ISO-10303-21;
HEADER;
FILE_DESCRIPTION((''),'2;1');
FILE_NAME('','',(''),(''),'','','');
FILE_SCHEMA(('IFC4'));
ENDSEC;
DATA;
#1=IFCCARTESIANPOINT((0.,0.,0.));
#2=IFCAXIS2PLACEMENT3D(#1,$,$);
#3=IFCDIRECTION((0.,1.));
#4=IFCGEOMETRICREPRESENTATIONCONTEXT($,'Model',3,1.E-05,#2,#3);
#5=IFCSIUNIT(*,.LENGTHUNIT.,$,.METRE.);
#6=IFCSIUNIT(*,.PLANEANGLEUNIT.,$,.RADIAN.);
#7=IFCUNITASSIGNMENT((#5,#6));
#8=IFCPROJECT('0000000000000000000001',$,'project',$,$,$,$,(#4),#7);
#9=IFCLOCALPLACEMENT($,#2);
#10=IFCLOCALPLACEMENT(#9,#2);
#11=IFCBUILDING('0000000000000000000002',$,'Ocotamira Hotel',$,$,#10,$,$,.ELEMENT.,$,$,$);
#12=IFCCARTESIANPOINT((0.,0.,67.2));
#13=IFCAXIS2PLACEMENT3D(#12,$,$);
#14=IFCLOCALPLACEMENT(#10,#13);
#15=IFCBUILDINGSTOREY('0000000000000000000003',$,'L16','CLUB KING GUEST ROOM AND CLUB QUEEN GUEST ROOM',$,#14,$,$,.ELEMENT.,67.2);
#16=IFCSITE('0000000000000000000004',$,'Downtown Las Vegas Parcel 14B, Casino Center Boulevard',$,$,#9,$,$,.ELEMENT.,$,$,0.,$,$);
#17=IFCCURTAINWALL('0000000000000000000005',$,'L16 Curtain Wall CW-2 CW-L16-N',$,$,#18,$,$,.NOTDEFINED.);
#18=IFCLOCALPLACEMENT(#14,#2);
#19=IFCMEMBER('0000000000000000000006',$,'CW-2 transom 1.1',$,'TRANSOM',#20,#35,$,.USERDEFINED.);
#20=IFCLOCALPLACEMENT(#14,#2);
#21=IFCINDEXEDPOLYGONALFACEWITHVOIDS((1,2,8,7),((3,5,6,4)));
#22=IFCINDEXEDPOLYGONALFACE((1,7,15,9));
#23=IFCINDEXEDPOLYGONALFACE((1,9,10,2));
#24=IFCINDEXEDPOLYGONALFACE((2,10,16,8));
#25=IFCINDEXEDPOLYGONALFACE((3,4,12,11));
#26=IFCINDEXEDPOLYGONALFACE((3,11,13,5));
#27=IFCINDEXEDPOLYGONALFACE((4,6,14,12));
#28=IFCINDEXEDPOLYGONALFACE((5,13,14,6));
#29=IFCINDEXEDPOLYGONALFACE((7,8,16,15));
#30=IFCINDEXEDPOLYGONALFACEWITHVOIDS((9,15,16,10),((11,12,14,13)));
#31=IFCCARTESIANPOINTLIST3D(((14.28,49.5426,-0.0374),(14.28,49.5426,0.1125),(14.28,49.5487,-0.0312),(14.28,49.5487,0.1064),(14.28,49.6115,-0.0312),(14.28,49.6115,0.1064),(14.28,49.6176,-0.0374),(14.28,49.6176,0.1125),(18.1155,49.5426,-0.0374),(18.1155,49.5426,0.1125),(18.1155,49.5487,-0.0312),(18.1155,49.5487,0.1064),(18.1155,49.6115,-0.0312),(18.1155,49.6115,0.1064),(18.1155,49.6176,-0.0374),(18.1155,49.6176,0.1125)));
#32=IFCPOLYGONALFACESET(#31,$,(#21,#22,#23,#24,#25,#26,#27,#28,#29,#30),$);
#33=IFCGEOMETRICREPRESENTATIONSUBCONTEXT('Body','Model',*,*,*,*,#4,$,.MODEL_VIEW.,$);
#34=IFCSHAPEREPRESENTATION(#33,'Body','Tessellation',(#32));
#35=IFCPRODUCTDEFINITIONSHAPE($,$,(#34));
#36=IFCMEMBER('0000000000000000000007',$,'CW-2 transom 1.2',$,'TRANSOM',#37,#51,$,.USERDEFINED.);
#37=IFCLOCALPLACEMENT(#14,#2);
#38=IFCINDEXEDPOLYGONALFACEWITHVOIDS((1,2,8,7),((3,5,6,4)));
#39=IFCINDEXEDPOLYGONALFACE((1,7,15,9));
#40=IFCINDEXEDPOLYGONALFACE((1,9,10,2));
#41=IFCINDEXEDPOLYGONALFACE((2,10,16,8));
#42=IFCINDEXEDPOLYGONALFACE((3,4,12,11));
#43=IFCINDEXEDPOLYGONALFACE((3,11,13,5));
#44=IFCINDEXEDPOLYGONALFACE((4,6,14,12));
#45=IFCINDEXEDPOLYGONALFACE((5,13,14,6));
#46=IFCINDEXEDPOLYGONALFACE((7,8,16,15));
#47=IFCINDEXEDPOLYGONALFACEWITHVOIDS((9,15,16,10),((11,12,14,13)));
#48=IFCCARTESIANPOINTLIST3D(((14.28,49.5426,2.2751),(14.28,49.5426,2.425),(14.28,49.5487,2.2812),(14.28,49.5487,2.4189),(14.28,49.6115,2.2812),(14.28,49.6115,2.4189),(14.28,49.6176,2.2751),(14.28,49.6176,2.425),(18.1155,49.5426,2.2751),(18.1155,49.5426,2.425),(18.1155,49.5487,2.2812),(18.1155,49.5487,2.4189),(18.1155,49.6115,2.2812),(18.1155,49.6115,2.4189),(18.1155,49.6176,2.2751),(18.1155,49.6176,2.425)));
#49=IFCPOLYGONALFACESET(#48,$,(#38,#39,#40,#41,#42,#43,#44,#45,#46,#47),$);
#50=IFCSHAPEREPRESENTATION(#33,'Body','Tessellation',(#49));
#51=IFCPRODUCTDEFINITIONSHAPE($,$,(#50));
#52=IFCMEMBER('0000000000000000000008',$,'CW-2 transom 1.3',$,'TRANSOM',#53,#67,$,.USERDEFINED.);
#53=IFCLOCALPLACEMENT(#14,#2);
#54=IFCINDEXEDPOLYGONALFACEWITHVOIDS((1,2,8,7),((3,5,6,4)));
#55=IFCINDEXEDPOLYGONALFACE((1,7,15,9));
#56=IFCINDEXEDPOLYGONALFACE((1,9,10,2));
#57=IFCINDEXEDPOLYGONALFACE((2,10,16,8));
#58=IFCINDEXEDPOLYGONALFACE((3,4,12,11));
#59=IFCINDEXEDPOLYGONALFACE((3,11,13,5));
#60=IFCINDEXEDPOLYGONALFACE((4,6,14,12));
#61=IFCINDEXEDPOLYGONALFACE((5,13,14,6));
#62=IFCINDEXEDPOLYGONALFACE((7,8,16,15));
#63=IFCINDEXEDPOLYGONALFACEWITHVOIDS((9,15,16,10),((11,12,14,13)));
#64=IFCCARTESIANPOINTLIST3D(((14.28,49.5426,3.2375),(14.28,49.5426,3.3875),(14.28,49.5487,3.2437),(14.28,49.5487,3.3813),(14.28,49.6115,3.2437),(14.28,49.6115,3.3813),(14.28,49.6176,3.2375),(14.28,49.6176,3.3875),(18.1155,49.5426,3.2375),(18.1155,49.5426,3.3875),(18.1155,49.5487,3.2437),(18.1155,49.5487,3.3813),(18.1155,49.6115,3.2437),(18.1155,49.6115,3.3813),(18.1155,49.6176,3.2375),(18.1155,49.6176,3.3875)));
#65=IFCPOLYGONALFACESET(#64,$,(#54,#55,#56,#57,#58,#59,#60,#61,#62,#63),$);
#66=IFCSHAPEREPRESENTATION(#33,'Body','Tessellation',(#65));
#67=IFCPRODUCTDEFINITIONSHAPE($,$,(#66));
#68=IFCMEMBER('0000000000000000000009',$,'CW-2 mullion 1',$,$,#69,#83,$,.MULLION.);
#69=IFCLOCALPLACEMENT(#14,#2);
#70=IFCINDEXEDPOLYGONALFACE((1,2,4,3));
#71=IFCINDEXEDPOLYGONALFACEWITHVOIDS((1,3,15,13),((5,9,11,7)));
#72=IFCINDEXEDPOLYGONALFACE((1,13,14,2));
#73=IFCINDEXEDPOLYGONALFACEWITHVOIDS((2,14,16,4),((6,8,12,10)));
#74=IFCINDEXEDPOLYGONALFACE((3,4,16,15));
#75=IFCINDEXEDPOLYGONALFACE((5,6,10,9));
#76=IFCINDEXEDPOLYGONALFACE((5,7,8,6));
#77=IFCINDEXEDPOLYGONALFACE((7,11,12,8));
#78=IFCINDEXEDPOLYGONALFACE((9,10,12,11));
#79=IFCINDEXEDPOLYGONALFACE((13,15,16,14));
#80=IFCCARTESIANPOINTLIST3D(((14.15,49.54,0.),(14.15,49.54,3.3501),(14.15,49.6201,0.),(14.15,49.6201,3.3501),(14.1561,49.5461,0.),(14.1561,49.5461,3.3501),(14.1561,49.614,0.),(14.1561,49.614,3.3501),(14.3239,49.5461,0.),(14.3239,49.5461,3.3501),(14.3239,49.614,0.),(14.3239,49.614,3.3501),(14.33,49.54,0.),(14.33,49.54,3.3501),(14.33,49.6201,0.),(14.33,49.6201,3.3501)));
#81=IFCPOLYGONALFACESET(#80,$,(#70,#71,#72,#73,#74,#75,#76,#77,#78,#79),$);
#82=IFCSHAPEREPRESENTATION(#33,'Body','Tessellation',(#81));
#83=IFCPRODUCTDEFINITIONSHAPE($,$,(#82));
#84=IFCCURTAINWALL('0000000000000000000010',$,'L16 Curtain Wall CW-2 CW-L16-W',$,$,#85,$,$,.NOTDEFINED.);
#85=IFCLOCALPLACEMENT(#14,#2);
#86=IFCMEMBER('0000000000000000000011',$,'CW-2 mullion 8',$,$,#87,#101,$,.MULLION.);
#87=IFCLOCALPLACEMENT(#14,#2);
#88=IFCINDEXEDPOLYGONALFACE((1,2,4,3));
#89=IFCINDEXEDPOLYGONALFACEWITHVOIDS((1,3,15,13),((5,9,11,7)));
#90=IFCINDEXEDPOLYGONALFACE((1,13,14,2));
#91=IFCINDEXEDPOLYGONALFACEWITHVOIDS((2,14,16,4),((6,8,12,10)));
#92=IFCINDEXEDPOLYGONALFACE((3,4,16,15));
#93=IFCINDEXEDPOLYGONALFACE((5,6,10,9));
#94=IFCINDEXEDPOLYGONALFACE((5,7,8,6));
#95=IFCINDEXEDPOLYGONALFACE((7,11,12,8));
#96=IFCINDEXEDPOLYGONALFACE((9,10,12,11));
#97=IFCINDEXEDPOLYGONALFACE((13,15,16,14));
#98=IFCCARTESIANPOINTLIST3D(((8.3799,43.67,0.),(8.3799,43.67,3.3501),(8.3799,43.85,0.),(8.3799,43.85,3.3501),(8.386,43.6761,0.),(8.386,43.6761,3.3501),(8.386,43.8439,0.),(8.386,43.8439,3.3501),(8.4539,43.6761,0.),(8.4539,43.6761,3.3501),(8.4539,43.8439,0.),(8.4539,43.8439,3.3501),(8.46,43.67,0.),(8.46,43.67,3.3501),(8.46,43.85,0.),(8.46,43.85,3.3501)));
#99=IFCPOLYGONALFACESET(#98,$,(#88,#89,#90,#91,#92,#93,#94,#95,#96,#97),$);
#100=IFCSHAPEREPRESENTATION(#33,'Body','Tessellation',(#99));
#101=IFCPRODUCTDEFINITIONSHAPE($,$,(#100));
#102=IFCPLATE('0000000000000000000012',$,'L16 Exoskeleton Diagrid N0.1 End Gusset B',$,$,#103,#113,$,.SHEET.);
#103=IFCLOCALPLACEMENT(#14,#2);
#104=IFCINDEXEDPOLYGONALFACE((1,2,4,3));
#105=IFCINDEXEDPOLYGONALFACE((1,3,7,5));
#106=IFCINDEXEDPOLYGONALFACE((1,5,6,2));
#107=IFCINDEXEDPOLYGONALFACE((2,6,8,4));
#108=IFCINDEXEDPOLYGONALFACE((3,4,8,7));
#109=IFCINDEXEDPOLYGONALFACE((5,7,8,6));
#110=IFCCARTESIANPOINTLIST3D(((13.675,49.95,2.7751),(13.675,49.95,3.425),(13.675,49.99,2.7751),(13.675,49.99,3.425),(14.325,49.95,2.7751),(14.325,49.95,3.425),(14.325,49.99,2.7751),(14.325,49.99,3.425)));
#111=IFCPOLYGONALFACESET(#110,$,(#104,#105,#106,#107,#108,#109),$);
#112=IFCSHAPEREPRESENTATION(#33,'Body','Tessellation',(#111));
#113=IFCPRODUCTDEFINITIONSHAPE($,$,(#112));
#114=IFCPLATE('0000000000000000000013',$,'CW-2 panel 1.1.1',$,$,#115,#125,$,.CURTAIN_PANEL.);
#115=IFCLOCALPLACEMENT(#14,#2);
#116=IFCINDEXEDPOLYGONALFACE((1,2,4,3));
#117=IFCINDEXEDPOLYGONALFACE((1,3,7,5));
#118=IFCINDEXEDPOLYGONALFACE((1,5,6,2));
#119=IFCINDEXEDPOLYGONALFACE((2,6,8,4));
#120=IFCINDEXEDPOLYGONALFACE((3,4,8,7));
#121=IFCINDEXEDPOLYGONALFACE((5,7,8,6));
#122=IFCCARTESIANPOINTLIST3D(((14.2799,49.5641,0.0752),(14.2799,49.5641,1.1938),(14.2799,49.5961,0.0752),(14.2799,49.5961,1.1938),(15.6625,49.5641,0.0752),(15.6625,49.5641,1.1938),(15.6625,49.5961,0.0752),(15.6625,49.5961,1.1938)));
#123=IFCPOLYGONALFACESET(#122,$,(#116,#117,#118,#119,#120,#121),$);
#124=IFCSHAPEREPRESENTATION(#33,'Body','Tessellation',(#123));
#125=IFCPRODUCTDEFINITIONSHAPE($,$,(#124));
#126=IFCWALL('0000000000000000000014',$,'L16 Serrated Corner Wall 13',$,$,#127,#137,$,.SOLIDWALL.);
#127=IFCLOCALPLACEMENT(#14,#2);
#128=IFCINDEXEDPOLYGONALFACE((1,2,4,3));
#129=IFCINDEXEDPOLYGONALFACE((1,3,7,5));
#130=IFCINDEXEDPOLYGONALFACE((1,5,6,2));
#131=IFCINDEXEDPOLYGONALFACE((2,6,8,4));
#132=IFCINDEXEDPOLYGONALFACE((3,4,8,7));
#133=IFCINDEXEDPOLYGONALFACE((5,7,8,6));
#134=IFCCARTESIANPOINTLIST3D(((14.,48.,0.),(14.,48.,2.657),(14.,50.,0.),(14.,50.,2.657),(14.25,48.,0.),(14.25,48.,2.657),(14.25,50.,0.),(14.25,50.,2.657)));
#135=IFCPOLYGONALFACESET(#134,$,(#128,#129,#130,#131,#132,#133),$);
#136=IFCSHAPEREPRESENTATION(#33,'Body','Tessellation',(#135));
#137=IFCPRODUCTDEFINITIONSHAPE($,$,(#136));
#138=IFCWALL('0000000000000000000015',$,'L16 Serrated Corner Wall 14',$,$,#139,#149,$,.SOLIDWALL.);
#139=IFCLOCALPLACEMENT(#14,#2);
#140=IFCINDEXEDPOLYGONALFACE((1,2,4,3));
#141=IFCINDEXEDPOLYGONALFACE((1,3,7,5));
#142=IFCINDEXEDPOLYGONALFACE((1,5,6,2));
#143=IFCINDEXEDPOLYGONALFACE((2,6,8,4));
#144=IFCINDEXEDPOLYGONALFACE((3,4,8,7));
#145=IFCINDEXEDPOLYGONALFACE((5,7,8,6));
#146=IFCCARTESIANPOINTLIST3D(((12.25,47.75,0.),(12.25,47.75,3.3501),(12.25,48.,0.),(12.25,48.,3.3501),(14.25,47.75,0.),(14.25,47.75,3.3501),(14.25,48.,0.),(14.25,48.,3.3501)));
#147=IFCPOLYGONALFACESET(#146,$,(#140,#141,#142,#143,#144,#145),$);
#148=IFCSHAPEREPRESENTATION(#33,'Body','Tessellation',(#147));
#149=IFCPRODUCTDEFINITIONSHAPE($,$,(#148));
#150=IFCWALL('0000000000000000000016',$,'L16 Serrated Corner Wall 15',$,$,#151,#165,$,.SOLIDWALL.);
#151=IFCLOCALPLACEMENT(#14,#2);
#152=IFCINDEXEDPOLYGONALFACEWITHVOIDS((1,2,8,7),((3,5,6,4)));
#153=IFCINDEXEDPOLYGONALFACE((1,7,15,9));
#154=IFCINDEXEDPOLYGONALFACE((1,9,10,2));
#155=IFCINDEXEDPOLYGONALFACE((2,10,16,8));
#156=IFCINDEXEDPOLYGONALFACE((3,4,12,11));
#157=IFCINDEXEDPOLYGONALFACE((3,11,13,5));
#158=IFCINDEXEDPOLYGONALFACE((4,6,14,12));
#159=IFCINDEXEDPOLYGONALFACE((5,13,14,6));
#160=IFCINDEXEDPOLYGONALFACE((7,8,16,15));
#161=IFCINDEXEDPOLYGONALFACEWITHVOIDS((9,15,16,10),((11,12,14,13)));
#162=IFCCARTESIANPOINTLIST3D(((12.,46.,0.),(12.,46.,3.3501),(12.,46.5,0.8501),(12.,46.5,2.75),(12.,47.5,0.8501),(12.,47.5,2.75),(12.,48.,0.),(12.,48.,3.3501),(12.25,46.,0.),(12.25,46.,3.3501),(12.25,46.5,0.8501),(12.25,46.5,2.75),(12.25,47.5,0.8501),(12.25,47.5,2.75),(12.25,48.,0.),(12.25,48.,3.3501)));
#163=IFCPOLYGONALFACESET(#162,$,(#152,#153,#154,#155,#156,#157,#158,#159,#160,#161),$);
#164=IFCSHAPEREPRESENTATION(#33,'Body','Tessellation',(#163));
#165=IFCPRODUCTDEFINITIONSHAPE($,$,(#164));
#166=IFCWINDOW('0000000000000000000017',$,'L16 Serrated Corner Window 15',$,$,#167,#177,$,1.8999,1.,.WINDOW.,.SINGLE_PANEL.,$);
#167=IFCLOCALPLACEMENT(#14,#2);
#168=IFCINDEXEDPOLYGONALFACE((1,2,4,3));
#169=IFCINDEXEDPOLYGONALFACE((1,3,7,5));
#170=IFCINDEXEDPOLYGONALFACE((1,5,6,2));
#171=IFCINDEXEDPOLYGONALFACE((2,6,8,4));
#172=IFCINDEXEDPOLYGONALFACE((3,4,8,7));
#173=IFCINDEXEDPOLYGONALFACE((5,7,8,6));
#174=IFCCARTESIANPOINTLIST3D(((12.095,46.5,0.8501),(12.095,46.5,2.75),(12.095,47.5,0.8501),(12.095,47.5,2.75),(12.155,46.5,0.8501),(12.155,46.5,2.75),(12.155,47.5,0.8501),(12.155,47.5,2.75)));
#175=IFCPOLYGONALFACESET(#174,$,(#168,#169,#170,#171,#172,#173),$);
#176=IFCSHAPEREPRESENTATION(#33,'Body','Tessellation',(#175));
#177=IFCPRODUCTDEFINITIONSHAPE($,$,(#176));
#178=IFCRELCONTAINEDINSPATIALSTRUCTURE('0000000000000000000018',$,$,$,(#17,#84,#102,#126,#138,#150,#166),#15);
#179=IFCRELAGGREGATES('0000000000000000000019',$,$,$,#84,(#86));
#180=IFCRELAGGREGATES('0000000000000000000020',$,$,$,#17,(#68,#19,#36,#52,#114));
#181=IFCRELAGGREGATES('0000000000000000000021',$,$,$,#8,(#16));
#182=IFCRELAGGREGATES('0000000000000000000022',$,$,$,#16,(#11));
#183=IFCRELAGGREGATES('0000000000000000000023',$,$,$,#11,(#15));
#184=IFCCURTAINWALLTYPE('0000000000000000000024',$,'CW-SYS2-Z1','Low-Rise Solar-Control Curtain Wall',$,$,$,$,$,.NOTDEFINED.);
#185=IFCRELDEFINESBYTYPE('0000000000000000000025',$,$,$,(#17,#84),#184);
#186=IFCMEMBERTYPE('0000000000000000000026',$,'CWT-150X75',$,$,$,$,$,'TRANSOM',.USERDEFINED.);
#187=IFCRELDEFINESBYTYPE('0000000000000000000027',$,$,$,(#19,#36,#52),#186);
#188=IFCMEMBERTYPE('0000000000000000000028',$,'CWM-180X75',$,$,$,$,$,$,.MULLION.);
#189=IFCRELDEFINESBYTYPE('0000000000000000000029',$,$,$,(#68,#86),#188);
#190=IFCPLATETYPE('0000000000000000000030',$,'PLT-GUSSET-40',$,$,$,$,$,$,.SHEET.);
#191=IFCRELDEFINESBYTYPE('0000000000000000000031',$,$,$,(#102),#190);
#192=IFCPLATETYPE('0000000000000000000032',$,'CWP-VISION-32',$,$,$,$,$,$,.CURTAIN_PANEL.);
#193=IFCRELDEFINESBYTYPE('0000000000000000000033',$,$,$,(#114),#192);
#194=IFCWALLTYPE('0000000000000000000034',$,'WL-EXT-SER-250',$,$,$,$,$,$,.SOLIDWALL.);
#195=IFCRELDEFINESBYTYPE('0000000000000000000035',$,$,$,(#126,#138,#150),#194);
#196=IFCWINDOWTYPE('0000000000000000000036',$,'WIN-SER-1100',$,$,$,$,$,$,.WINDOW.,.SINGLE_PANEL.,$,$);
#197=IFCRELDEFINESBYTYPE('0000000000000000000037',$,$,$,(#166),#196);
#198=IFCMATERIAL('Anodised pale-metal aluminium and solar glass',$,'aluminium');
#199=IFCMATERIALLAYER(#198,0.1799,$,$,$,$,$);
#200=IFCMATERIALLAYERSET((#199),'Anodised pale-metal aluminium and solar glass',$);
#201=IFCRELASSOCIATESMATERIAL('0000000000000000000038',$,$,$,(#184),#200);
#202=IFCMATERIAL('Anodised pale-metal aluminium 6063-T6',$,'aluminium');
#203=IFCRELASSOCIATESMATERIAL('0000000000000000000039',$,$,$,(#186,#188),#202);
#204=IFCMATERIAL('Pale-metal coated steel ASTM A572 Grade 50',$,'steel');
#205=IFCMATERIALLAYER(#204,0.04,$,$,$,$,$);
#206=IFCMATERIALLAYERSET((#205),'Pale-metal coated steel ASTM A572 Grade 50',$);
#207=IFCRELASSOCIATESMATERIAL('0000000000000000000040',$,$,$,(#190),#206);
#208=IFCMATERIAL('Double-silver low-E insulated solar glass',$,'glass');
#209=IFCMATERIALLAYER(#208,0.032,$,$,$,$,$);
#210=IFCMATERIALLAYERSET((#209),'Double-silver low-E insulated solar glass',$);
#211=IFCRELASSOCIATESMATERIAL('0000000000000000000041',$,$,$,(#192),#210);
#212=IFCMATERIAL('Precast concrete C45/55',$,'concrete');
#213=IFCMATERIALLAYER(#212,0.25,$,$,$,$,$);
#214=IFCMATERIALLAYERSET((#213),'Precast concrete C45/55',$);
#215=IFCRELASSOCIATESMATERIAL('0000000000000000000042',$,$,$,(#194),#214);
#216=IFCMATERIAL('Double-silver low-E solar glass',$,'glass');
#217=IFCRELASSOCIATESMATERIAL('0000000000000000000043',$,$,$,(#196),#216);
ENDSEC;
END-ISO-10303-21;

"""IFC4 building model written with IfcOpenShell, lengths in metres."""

from ifc_helpers import new_model, si_unit, direction, frame, frame_2d, origin, origin_2d, place, context, subcontext, project, spatial, rectangle, hollow_rectangle, extrude, source, transform, mapped, material, layer, layer_set, material_profile, profile_set, type_object, element, fill, aggregate, save


model = new_model("IFC4")

# Units and contexts
model_context = context("Model", 3, precision=1e-05, world=origin(), true_north=direction((0.0, 1.0)))
body_context = subcontext(model_context, "Body", "Model", "MODEL_VIEW")
ifc_project = project(units=[si_unit("LENGTHUNIT", "METRE"), si_unit("PLANEANGLEUNIT", "RADIAN")], contexts=[model_context])

# Site, building, storey
site_placement = place(None, origin())
site = spatial("IfcSite", under=ifc_project, at=site_placement, Name="Downtown Las Vegas Parcel 14B, Casino Center Boulevard", CompositionType="ELEMENT", RefElevation=0.0)
building_placement = place(site_placement, origin())
building = spatial("IfcBuilding", under=site, at=building_placement, Name="Ocotamira Hotel", CompositionType="ELEMENT")
storey_placement = place(building_placement, frame((0.0, 0.0, 67.2)))
storey = spatial("IfcBuildingStorey", under=building, at=storey_placement, Name="L16", Description="CLUB KING GUEST ROOM AND CLUB QUEEN GUEST ROOM", CompositionType="ELEMENT", Elevation=67.2)

# Curtain wall, members
ifc_material_1 = material(Name="Anodised pale-metal aluminium and solar glass", Category="aluminium")
ifc_layer_1 = layer(ifc_material_1, 0.1799)
ifc_layer_set_1 = layer_set([ifc_layer_1], Name="Anodised pale-metal aluminium and solar glass")
curtain_wall_type = type_object("IfcCurtainWallType", Name="CW-SYS2-Z1", Description="Low-Rise Solar-Control Curtain Wall", PredefinedType="NOTDEFINED", material=ifc_layer_set_1)
curtain_wall_1_placement = place(storey_placement, origin())
curtain_wall_1 = element("IfcCurtainWall", 1, at=curtain_wall_1_placement, inside=storey, type_object=curtain_wall_type, Name="L16 Curtain Wall CW-2 CW-L16-N", PredefinedType="NOTDEFINED")
ifc_material_2 = material(Name="Anodised pale-metal aluminium 6063-T6", Category="aluminium")
ifc_material_profile_1 = material_profile(ifc_material_2, hollow_rectangle(XDim=0.075, YDim=0.1499, WallThickness=0.0061, at=origin_2d()), Name="HSS150X75X6")
ifc_profile_set_1 = profile_set([ifc_material_profile_1], Name="Anodised pale-metal aluminium 6063-T6")
member_type_1 = type_object("IfcMemberType", Name="CWT-150X75", ElementType="TRANSOM", PredefinedType="USERDEFINED", material=ifc_profile_set_1)
shared_shape_1 = source(origin(), body_context, "Body", "SweptSolid", [
    extrude(hollow_rectangle(XDim=0.075, YDim=0.1499, WallThickness=0.0061, at=origin_2d()), origin(), (0.0, 0.0, 1.0), 3.8354),
])
member_1_placement = place(storey_placement, frame((14.28, 49.5801, 0.0376), z_axis=(1.0, 0.0, 0.0), x_axis=(0.0, 1.0, 0.0)))
member_1 = element("IfcMember", 2, at=member_1_placement, type_object=member_type_1, Name="CW-2 transom 1.1", ObjectType="TRANSOM", PredefinedType="USERDEFINED", context=body_context, shape_type="MappedRepresentation", body=[
    mapped(shared_shape_1, transform((0.0, 0.0, 0.0), scale=1.0)),
])
member_2_placement = place(storey_placement, frame((14.28, 49.5801, 2.3501), z_axis=(1.0, 0.0, 0.0), x_axis=(0.0, 1.0, 0.0)))
member_2 = element("IfcMember", 3, at=member_2_placement, type_object=member_type_1, Name="CW-2 transom 1.2", ObjectType="TRANSOM", PredefinedType="USERDEFINED", context=body_context, shape_type="MappedRepresentation", body=[
    mapped(shared_shape_1, transform((0.0, 0.0, 0.0), scale=1.0)),
])
member_3_placement = place(storey_placement, frame((14.28, 49.5801, 3.3125), z_axis=(1.0, 0.0, 0.0), x_axis=(0.0, 1.0, 0.0)))
member_3 = element("IfcMember", 4, at=member_3_placement, type_object=member_type_1, Name="CW-2 transom 1.3", ObjectType="TRANSOM", PredefinedType="USERDEFINED", context=body_context, shape_type="MappedRepresentation", body=[
    mapped(shared_shape_1, transform((0.0, 0.0, 0.0), scale=1.0)),
])
ifc_material_profile_2 = material_profile(ifc_material_2, hollow_rectangle(XDim=0.0801, YDim=0.1799, WallThickness=0.0061, at=origin_2d()), Name="HSS180X80X6")
ifc_profile_set_2 = profile_set([ifc_material_profile_2], Name="Anodised pale-metal aluminium 6063-T6")
member_type_2 = type_object("IfcMemberType", Name="CWM-180X75", PredefinedType="MULLION", material=ifc_profile_set_2)
shared_shape_2 = source(origin(), body_context, "Body", "SweptSolid", [
    extrude(hollow_rectangle(XDim=0.0801, YDim=0.1799, WallThickness=0.0061, at=origin_2d()), origin(), (0.0, 0.0, 1.0), 3.3501),
])
member_4_placement = place(storey_placement, frame((14.24, 49.5801, 0.0), z_axis=(0.0, 0.0, 1.0), x_axis=(0.0, 1.0, 0.0)))
member_4 = element("IfcMember", 5, at=member_4_placement, type_object=member_type_2, Name="CW-2 mullion 1", PredefinedType="MULLION", context=body_context, shape_type="MappedRepresentation", body=[
    mapped(shared_shape_2, transform((0.0, 0.0, 0.0), scale=1.0)),
])

# Curtain wall, member
curtain_wall_2_placement = place(storey_placement, origin())
curtain_wall_2 = element("IfcCurtainWall", 6, at=curtain_wall_2_placement, inside=storey, type_object=curtain_wall_type, Name="L16 Curtain Wall CW-2 CW-L16-W", PredefinedType="NOTDEFINED")
member_5_placement = place(storey_placement, frame((8.4199, 43.76, 0.0), z_axis=(0.0, 0.0, 1.0), x_axis=(-1.0, 0.0, 0.0)))
member_5 = element("IfcMember", 7, at=member_5_placement, type_object=member_type_2, Name="CW-2 mullion 8", PredefinedType="MULLION", context=body_context, shape_type="MappedRepresentation", body=[
    mapped(shared_shape_2, transform((0.0, 0.0, 0.0), scale=1.0)),
])
aggregate(curtain_wall_2, [member_5])

# Plates
ifc_material_3 = material(Name="Pale-metal coated steel ASTM A572 Grade 50", Category="steel")
ifc_layer_2 = layer(ifc_material_3, 0.04)
ifc_layer_set_2 = layer_set([ifc_layer_2], Name="Pale-metal coated steel ASTM A572 Grade 50")
plate_type_1 = type_object("IfcPlateType", Name="PLT-GUSSET-40", PredefinedType="SHEET", material=ifc_layer_set_2)
shared_shape_3 = source(origin(), body_context, "Body", "SweptSolid", [
    extrude(rectangle(XDim=0.6499, YDim=0.04, at=origin_2d()), origin(), (0.0, 0.0, 1.0), 0.6499),
])
plate_1_placement = place(storey_placement, frame((14.0, 49.97, 2.7751), z_axis=(0.0, 0.0, 1.0), x_axis=(-1.0, 0.0, 0.0)))
element("IfcPlate", 8, at=plate_1_placement, inside=storey, type_object=plate_type_1, Name="L16 Exoskeleton Diagrid N0.1 End Gusset B", PredefinedType="SHEET", context=body_context, shape_type="MappedRepresentation", body=[
    mapped(shared_shape_3, transform((0.0, 0.0, 0.0), scale=1.0)),
])
ifc_material_4 = material(Name="Double-silver low-E insulated solar glass", Category="glass")
ifc_layer_3 = layer(ifc_material_4, 0.032)
ifc_layer_set_3 = layer_set([ifc_layer_3], Name="Double-silver low-E insulated solar glass")
plate_type_2 = type_object("IfcPlateType", Name="CWP-VISION-32", PredefinedType="CURTAIN_PANEL", material=ifc_layer_set_3)
shared_shape_4 = source(origin(), body_context, "Body", "SweptSolid", [
    extrude(rectangle(XDim=1.3826, YDim=0.032, at=origin_2d()), origin(), (0.0, 0.0, 1.0), 1.1187),
])
plate_2_placement = place(storey_placement, frame((14.9712, 49.5801, 0.0752), z_axis=(0.0, 0.0, 1.0), x_axis=(1.0, 0.0, 0.0)))
plate_2 = element("IfcPlate", 9, at=plate_2_placement, type_object=plate_type_2, Name="CW-2 panel 1.1.1", PredefinedType="CURTAIN_PANEL", context=body_context, shape_type="MappedRepresentation", body=[
    mapped(shared_shape_4, transform((0.0, 0.0, 0.0), scale=1.0)),
])
aggregate(curtain_wall_1, [member_4, member_1, member_2, member_3, plate_2])

# Walls
ifc_material_5 = material(Name="Precast concrete C45/55", Category="concrete")
ifc_layer_4 = layer(ifc_material_5, 0.25)
ifc_layer_set_4 = layer_set([ifc_layer_4], Name="Precast concrete C45/55")
wall_type_1 = type_object("IfcWallType", Name="WL-EXT-SER-250", PredefinedType="SOLIDWALL", material=ifc_layer_set_4)
wall_1_placement = place(storey_placement, frame((14.125, 50.0, 0.0), z_axis=(0.0, 0.0, 1.0), x_axis=(0.0, -1.0, 0.0)))
element("IfcWall", 10, at=wall_1_placement, inside=storey, type_object=wall_type_1, Name="L16 Serrated Corner Wall 13", PredefinedType="SOLIDWALL", context=body_context, shape_type="SweptSolid", body=[
    extrude(rectangle(XDim=2.0, YDim=0.25, at=frame_2d((1.0, 0.0))), origin(), (0.0, 0.0, 1.0), 2.657),
])
wall_2_placement = place(storey_placement, frame((14.25, 47.875, 0.0), z_axis=(0.0, 0.0, 1.0), x_axis=(-1.0, 0.0, 0.0)))
element("IfcWall", 11, at=wall_2_placement, inside=storey, type_object=wall_type_1, Name="L16 Serrated Corner Wall 14", PredefinedType="SOLIDWALL", context=body_context, shape_type="SweptSolid", body=[
    extrude(rectangle(XDim=2.0, YDim=0.25, at=frame_2d((1.0, 0.0))), origin(), (0.0, 0.0, 1.0), 3.3501),
])

# Wall, opening, window
wall_3_placement = place(storey_placement, frame((12.125, 48.0, 0.0), z_axis=(0.0, 0.0, 1.0), x_axis=(0.0, -1.0, 0.0)))
wall_3 = element("IfcWall", 12, at=wall_3_placement, inside=storey, type_object=wall_type_1, Name="L16 Serrated Corner Wall 15", PredefinedType="SOLIDWALL", context=body_context, shape_type="SweptSolid", body=[
    extrude(rectangle(XDim=2.0, YDim=0.25, at=frame_2d((1.0, 0.0))), origin(), (0.0, 0.0, 1.0), 3.3501),
])
opening_1_placement = place(wall_3_placement, frame((0.5, 0.0, 0.8501)))
opening_1 = element("IfcOpeningElement", 13, at=opening_1_placement, cuts=wall_3, PredefinedType="OPENING", context=body_context, shape_type="SweptSolid", body=[
    extrude(rectangle(XDim=1.0, YDim=1.8999, at=frame_2d((0.5, 0.95))), frame((0.0, 0.135, 0.0), z_axis=(0.0, -1.0, 0.0), x_axis=(1.0, 0.0, 0.0)), (0.0, 0.0, 1.0), 0.27),
])
ifc_material_6 = material(Name="Double-silver low-E solar glass", Category="glass")
window_type = type_object("IfcWindowType", Name="WIN-SER-1100", PartitioningType="SINGLE_PANEL", PredefinedType="WINDOW", material=ifc_material_6)
shared_shape_5 = source(origin(), body_context, "Body", "SweptSolid", [
    extrude(rectangle(XDim=1.0, YDim=1.8999, at=frame_2d((0.5, 0.95))), frame((0.0, 0.03, 0.0), z_axis=(0.0, -1.0, 0.0), x_axis=(1.0, 0.0, 0.0)), (0.0, 0.0, 1.0), 0.0601),
])
window_placement = place(opening_1_placement, origin())
window = element("IfcWindow", 14, at=window_placement, inside=storey, type_object=window_type, Name="L16 Serrated Corner Window 15", OverallHeight=1.8999, OverallWidth=1.0, PartitioningType="SINGLE_PANEL", PredefinedType="WINDOW", context=body_context, shape_type="MappedRepresentation", body=[
    mapped(shared_shape_5, transform((0.0, 0.0, 0.0), scale=1.0)),
])
fill(opening_1, window)

save(model, "model.ifc")
